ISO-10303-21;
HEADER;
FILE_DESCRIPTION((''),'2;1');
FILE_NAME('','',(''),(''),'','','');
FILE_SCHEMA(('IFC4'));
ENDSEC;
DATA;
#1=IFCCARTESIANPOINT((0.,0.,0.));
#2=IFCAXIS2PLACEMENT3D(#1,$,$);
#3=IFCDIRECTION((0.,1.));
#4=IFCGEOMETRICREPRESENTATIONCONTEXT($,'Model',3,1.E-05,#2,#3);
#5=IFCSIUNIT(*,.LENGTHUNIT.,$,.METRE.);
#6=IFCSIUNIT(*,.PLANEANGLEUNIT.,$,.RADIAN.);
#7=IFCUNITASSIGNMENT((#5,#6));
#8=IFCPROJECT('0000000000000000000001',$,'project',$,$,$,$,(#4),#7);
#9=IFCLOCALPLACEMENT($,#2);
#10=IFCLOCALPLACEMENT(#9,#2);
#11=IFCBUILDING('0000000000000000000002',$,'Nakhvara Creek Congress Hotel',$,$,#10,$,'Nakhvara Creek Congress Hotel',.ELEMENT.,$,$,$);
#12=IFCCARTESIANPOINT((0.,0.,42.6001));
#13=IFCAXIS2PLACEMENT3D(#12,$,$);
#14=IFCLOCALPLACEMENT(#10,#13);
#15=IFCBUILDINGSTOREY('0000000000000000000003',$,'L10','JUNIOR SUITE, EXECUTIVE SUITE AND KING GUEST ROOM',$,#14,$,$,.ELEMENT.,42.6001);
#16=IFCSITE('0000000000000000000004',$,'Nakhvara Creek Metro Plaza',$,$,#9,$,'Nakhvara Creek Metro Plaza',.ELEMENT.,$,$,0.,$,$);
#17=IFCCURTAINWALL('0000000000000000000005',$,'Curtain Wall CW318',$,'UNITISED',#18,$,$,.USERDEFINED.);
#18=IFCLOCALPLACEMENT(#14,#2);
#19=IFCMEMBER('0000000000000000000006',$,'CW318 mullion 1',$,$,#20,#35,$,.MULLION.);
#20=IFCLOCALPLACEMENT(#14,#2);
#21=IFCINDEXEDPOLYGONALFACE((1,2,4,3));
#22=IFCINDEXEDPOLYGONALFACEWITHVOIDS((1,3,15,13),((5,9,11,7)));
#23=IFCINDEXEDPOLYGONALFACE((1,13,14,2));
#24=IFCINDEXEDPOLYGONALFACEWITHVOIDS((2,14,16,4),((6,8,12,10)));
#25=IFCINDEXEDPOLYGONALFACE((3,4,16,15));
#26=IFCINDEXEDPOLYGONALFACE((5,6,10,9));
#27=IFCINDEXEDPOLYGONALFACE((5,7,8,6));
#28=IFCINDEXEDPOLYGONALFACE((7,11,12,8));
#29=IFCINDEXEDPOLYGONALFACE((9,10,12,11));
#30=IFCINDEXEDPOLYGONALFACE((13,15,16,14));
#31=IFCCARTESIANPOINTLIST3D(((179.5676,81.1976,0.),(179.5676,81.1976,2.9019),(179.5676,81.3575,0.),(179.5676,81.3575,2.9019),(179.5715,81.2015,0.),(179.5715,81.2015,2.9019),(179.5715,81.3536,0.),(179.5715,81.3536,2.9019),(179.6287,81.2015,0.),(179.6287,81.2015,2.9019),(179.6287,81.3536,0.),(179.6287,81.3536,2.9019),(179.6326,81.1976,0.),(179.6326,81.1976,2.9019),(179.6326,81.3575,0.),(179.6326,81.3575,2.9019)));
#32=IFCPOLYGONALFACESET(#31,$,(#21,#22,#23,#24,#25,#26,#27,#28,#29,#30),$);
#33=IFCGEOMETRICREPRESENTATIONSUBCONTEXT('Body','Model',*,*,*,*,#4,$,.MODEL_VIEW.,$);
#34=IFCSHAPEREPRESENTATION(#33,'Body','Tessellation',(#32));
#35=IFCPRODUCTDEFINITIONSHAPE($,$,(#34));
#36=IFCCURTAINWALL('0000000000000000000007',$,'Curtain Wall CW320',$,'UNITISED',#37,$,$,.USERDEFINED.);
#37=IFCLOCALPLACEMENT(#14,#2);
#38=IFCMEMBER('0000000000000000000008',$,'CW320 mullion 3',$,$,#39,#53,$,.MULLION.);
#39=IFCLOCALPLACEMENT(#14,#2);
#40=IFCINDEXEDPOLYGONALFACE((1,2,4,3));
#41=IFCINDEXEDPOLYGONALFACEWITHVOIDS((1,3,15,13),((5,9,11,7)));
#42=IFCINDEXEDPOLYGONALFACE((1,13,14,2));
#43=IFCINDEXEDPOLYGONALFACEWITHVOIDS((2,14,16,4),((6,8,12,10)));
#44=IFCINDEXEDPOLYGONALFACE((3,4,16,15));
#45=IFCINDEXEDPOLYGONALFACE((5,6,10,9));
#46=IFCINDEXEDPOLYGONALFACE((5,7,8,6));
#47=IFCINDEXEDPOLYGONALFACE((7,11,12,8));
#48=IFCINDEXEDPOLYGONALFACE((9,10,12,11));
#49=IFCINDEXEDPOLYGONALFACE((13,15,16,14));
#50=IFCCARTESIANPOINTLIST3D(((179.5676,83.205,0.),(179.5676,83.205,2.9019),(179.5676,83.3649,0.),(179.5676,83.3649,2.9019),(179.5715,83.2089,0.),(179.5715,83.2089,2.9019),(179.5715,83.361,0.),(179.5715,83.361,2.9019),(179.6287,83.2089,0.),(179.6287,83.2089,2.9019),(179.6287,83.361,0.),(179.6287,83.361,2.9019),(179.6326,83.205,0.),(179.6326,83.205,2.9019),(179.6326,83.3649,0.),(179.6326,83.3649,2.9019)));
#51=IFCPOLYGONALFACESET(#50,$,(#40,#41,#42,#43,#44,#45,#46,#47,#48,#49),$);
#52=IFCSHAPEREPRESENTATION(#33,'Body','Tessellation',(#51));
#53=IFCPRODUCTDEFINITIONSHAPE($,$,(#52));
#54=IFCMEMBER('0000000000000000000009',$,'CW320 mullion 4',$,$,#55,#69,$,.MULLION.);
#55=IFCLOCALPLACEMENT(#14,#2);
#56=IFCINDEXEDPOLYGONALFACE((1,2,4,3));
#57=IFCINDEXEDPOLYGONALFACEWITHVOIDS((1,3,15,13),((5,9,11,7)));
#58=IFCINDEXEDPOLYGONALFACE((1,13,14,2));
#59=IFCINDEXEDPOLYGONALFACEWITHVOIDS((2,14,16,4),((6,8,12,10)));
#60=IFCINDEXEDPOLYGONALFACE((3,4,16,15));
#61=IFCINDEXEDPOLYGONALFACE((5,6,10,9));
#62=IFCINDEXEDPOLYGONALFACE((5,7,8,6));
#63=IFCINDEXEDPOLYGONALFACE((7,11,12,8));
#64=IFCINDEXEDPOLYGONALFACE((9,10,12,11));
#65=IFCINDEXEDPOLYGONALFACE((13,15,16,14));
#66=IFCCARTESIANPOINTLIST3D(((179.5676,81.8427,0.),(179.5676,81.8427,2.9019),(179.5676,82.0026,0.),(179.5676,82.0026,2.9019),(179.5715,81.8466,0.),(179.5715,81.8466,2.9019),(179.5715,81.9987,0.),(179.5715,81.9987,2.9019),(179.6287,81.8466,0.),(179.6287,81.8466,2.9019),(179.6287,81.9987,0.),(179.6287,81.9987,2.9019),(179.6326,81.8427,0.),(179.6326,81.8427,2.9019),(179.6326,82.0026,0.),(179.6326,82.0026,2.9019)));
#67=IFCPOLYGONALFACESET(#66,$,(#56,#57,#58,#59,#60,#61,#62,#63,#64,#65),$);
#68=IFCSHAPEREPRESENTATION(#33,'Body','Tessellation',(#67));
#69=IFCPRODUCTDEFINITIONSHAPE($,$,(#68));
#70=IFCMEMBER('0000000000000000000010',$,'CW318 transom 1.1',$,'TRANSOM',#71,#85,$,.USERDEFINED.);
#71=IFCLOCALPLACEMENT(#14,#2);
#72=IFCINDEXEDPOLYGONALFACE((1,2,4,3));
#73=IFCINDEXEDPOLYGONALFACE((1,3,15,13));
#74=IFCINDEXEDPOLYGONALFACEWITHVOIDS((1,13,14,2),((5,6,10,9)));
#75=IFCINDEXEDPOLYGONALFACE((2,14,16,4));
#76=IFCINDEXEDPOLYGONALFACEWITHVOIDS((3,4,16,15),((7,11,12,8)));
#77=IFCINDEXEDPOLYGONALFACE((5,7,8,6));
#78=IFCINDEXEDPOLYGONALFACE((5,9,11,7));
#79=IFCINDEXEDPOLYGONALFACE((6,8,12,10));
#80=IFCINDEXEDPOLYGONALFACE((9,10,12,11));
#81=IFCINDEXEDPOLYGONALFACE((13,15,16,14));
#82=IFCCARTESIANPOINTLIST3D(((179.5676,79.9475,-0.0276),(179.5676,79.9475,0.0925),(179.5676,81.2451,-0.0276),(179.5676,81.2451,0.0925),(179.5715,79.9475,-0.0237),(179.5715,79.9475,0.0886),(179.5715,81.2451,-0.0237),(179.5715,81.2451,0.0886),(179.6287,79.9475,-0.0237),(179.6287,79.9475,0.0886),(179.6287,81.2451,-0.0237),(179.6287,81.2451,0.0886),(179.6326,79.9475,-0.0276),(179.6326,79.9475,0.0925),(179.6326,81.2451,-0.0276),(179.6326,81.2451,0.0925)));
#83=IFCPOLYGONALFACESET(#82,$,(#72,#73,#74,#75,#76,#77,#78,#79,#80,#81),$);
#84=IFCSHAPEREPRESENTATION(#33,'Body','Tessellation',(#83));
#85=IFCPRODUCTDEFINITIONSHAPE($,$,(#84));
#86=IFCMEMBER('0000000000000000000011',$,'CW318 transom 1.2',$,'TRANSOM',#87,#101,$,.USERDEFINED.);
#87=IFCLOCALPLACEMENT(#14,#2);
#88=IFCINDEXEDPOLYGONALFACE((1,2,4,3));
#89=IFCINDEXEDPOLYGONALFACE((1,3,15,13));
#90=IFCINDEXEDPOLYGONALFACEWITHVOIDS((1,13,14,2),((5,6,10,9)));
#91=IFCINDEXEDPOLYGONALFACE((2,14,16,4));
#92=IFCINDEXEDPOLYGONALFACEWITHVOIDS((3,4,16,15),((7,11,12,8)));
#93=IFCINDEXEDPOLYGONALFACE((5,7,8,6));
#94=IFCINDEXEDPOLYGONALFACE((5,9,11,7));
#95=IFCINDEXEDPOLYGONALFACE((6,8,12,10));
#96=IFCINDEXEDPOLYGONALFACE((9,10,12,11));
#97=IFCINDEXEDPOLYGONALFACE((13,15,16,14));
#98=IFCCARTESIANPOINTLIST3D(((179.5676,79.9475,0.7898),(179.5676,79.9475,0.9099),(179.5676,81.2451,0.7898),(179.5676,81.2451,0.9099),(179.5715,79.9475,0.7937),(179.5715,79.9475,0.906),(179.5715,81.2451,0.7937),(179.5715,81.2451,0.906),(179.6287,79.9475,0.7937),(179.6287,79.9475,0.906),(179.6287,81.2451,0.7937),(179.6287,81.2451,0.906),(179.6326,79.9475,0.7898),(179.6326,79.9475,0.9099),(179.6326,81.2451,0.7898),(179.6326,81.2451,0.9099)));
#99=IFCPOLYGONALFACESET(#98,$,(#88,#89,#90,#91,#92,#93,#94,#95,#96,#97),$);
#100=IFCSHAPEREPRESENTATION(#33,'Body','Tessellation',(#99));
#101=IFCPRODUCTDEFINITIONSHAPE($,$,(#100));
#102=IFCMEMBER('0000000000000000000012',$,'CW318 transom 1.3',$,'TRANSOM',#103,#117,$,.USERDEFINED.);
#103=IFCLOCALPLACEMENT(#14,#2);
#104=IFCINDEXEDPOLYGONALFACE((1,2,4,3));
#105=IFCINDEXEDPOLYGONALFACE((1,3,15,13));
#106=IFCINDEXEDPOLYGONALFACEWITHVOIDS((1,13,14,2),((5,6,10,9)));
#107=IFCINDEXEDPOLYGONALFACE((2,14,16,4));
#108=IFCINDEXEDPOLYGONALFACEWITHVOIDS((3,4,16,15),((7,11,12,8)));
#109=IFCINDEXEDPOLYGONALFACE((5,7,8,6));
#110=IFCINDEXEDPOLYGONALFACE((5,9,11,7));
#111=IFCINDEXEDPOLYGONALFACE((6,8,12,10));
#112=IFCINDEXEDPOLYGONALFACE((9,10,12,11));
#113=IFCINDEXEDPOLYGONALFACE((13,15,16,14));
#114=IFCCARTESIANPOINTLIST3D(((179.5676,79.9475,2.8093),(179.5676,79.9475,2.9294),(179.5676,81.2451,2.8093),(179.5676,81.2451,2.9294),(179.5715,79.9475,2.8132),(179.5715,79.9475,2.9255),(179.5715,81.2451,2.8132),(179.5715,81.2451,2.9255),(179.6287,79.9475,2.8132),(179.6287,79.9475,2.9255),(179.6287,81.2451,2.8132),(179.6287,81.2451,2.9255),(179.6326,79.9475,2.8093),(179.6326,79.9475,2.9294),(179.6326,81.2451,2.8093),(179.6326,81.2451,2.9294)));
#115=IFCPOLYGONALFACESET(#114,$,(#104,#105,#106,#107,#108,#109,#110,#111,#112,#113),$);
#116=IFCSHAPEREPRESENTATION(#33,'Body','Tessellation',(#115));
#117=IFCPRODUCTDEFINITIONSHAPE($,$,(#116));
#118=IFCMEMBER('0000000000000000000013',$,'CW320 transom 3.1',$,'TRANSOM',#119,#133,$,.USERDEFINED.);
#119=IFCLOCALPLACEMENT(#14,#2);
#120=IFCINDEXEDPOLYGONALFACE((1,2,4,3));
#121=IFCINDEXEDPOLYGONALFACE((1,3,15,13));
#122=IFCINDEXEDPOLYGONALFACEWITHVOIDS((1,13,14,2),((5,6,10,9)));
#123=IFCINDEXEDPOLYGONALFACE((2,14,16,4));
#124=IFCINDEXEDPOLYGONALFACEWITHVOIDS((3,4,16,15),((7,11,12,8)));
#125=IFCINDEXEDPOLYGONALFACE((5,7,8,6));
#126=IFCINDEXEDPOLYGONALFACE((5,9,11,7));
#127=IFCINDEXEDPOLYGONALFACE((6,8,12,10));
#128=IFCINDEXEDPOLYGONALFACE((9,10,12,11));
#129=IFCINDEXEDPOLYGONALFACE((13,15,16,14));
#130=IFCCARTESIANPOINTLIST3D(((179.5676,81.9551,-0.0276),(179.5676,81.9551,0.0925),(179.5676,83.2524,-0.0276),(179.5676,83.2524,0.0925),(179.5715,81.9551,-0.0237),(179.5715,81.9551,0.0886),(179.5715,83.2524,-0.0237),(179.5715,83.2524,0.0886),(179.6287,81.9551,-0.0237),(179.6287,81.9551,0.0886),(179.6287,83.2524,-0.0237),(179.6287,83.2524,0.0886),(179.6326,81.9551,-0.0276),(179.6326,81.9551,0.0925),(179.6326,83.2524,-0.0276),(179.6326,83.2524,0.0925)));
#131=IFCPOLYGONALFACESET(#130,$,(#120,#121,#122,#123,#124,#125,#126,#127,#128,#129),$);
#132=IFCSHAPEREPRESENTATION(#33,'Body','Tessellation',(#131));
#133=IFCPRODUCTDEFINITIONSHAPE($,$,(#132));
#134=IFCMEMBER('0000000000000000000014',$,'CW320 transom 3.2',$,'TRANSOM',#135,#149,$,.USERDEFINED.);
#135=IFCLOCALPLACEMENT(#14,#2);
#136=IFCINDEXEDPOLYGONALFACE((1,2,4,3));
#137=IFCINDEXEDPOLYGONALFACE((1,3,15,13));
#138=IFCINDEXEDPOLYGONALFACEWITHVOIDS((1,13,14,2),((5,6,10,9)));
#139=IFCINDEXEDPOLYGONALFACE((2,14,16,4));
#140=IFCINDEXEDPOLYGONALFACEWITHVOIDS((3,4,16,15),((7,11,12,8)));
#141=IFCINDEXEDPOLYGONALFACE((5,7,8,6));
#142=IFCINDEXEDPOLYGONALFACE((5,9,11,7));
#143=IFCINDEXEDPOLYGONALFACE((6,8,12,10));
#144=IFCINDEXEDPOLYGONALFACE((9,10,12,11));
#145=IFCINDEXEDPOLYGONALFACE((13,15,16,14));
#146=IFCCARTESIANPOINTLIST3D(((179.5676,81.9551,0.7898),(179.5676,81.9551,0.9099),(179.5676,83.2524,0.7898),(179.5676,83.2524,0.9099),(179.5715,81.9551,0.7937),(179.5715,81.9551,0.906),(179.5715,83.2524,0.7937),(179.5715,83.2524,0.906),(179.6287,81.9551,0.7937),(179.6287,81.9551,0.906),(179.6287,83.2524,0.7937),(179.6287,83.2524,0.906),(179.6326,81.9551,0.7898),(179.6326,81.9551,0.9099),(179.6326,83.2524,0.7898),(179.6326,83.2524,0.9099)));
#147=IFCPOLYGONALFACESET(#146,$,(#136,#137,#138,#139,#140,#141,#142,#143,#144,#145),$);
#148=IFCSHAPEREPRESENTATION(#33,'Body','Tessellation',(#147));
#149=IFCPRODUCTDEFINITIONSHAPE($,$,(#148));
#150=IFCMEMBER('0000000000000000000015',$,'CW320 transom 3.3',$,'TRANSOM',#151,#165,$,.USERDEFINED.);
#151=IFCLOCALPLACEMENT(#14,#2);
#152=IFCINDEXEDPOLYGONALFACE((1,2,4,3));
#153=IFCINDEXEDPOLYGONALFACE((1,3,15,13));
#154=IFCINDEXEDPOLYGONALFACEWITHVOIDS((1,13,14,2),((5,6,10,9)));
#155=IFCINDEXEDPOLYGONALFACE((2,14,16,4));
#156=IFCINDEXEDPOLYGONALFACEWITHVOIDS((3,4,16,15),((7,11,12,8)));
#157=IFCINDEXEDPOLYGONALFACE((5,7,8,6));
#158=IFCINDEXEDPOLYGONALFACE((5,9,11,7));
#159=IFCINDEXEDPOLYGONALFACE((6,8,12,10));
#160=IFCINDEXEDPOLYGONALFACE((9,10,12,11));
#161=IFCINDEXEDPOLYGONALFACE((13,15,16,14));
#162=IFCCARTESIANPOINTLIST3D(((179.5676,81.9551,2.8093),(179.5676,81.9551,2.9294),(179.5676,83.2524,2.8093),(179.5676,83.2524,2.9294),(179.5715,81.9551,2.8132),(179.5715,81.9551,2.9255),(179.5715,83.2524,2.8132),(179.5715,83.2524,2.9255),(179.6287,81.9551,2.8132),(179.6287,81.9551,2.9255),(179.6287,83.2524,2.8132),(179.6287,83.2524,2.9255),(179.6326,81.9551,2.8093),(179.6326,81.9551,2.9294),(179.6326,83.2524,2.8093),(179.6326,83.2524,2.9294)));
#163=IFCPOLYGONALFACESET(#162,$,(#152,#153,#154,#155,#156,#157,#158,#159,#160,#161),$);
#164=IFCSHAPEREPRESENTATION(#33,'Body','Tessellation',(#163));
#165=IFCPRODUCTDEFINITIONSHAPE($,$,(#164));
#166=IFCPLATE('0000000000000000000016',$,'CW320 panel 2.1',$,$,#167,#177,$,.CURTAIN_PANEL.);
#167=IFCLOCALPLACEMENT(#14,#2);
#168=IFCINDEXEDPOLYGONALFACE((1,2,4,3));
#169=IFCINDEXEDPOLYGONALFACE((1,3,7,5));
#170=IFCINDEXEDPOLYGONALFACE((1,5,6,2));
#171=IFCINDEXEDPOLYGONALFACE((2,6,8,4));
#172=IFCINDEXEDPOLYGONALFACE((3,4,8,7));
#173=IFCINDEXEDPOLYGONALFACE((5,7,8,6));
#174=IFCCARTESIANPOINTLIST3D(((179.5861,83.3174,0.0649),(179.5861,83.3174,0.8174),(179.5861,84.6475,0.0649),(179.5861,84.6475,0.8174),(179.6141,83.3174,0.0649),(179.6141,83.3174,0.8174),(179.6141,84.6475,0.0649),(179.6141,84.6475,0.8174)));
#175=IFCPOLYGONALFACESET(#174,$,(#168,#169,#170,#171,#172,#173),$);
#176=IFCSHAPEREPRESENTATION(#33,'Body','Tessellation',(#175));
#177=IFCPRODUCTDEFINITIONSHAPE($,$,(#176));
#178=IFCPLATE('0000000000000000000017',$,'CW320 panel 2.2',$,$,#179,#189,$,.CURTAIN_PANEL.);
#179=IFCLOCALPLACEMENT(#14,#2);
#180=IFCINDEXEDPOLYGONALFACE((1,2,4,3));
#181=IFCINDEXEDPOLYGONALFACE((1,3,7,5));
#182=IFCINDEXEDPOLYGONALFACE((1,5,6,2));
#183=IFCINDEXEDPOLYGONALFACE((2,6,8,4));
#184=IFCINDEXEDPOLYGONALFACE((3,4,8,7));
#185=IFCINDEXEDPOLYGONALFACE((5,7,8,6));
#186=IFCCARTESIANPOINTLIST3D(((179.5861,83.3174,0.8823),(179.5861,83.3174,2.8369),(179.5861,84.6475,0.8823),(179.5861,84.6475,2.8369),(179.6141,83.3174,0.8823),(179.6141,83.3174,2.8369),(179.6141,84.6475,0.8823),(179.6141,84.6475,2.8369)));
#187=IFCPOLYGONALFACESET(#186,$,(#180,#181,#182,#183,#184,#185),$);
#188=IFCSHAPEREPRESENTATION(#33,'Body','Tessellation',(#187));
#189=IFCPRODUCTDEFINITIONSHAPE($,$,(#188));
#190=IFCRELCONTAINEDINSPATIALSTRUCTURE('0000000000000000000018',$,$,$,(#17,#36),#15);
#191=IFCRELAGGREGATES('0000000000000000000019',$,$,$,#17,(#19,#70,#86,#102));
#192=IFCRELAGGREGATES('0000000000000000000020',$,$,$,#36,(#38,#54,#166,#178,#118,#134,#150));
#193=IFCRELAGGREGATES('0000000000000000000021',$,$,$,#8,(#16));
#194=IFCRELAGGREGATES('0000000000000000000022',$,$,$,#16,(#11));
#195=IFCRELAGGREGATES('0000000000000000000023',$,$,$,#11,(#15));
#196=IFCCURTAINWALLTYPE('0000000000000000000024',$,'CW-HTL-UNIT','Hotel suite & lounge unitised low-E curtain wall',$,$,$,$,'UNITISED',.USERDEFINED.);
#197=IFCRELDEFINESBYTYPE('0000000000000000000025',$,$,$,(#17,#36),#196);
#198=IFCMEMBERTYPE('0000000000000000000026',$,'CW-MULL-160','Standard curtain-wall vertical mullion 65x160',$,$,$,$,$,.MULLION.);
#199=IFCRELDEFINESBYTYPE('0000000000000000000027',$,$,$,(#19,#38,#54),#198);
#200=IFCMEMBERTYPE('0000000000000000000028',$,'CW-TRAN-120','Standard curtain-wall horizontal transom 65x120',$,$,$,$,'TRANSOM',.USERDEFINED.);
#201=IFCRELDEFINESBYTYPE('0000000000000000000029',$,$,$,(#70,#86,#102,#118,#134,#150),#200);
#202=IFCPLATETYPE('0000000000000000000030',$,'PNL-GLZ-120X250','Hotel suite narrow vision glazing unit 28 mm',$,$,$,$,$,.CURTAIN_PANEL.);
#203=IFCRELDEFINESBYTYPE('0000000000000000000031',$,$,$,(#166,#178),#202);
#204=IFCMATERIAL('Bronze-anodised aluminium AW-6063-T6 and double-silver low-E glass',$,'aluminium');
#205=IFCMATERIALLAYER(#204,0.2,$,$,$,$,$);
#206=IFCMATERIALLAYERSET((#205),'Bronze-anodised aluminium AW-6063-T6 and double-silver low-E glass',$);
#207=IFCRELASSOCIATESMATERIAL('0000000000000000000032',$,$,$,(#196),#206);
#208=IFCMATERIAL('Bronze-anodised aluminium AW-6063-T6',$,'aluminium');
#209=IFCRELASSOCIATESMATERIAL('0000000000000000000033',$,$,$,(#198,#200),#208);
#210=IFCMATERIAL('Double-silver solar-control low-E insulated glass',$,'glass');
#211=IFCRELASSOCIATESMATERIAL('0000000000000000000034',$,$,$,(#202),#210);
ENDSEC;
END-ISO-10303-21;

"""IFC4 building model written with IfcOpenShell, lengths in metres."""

from ifc_helpers import new_model, si_unit, direction, frame, origin, origin_2d, place, context, subcontext, project, spatial, rectangle, hollow_rectangle, extrude, material, layer, layer_set, material_profile, profile_set, type_object, element, aggregate, save


model = new_model("IFC4")

# Units and contexts
model_context = context("Model", 3, precision=1e-05, world=origin(), true_north=direction((0.0, 1.0)))
body_context = subcontext(model_context, "Body", "Model", "MODEL_VIEW")
ifc_project = project(units=[si_unit("LENGTHUNIT", "METRE"), si_unit("PLANEANGLEUNIT", "RADIAN")], contexts=[model_context])

# Site, building, storey
site_placement = place(None, origin())
site = spatial("IfcSite", under=ifc_project, at=site_placement, Name="Nakhvara Creek Metro Plaza", LongName="Nakhvara Creek Metro Plaza", CompositionType="ELEMENT", RefElevation=0.0)
building_placement = place(site_placement, origin())
building = spatial("IfcBuilding", under=site, at=building_placement, Name="Nakhvara Creek Congress Hotel", LongName="Nakhvara Creek Congress Hotel", CompositionType="ELEMENT")
storey_placement = place(building_placement, frame((0.0, 0.0, 42.6001)))
storey = spatial("IfcBuildingStorey", under=building, at=storey_placement, Name="L10", Description="JUNIOR SUITE, EXECUTIVE SUITE AND KING GUEST ROOM", CompositionType="ELEMENT", Elevation=42.6001)

# Curtain wall, member
ifc_material_1 = material(Name="Bronze-anodised aluminium AW-6063-T6 and double-silver low-E glass", Category="aluminium")
ifc_layer_1 = layer(ifc_material_1, 0.2)
ifc_layer_set_1 = layer_set([ifc_layer_1], Name="Bronze-anodised aluminium AW-6063-T6 and double-silver low-E glass")
curtain_wall_type = type_object("IfcCurtainWallType", Name="CW-HTL-UNIT", Description="Hotel suite & lounge unitised low-E curtain wall", ElementType="UNITISED", PredefinedType="USERDEFINED", material=ifc_layer_set_1)
curtain_wall_1_placement = place(storey_placement, origin())
curtain_wall_1 = element("IfcCurtainWall", 1, at=curtain_wall_1_placement, inside=storey, type_object=curtain_wall_type, Name="Curtain Wall CW318", ObjectType="UNITISED", PredefinedType="USERDEFINED")
ifc_material_2 = material(Name="Bronze-anodised aluminium AW-6063-T6", Category="aluminium")
ifc_material_profile_1 = material_profile(ifc_material_2, hollow_rectangle(XDim=0.0649, YDim=0.1599, WallThickness=0.0039, at=origin_2d()), Name="ALU-MULL 65x160x4", Category="LoadBearing")
ifc_profile_set_1 = profile_set([ifc_material_profile_1], Name="Bronze-anodised aluminium AW-6063-T6")
member_type_1 = type_object("IfcMemberType", Name="CW-MULL-160", Description="Standard curtain-wall vertical mullion 65x160", PredefinedType="MULLION", material=ifc_profile_set_1)
member_1_placement = place(storey_placement, frame((179.6001, 81.2776, 0.0), z_axis=(0.0, 0.0, 1.0), x_axis=(1.0, 0.0, 0.0)))
member_1 = element("IfcMember", 2, at=member_1_placement, type_object=member_type_1, Name="CW318 mullion 1", PredefinedType="MULLION", context=body_context, shape_type="SweptSolid", body=[
    extrude(hollow_rectangle(XDim=0.0649, YDim=0.1599, WallThickness=0.0039, at=origin_2d()), origin(), (0.0, 0.0, 1.0), 2.9019),
])

# Curtain wall, members
curtain_wall_2_placement = place(storey_placement, origin())
curtain_wall_2 = element("IfcCurtainWall", 3, at=curtain_wall_2_placement, inside=storey, type_object=curtain_wall_type, Name="Curtain Wall CW320", ObjectType="UNITISED", PredefinedType="USERDEFINED")
member_2_placement = place(storey_placement, frame((179.6001, 83.2849, 0.0), z_axis=(0.0, 0.0, 1.0), x_axis=(1.0, 0.0, 0.0)))
member_2 = element("IfcMember", 4, at=member_2_placement, type_object=member_type_1, Name="CW320 mullion 3", PredefinedType="MULLION", context=body_context, shape_type="SweptSolid", body=[
    extrude(hollow_rectangle(XDim=0.0649, YDim=0.1599, WallThickness=0.0039, at=origin_2d()), origin(), (0.0, 0.0, 1.0), 2.9019),
])
member_3_placement = place(storey_placement, frame((179.6001, 81.9226, 0.0), z_axis=(0.0, 0.0, 1.0), x_axis=(1.0, 0.0, 0.0)))
member_3 = element("IfcMember", 5, at=member_3_placement, type_object=member_type_1, Name="CW320 mullion 4", PredefinedType="MULLION", context=body_context, shape_type="SweptSolid", body=[
    extrude(hollow_rectangle(XDim=0.0649, YDim=0.1599, WallThickness=0.0039, at=origin_2d()), origin(), (0.0, 0.0, 1.0), 2.9019),
])

# Members
ifc_material_profile_2 = material_profile(ifc_material_2, hollow_rectangle(XDim=0.0649, YDim=0.1201, WallThickness=0.0039, at=origin_2d()), Name="ALU-TRAN 65x120x4", Category="LoadBearing")
ifc_profile_set_2 = profile_set([ifc_material_profile_2], Name="Bronze-anodised aluminium AW-6063-T6")
member_type_2 = type_object("IfcMemberType", Name="CW-TRAN-120", Description="Standard curtain-wall horizontal transom 65x120", ElementType="TRANSOM", PredefinedType="USERDEFINED", material=ifc_profile_set_2)
member_4_placement = place(storey_placement, frame((179.6001, 81.2451, 0.0325), z_axis=(0.0, -1.0, 0.0), x_axis=(1.0, 0.0, 0.0)))
member_4 = element("IfcMember", 6, at=member_4_placement, type_object=member_type_2, Name="CW318 transom 1.1", ObjectType="TRANSOM", PredefinedType="USERDEFINED", context=body_context, shape_type="SweptSolid", body=[
    extrude(hollow_rectangle(XDim=0.0649, YDim=0.1201, WallThickness=0.0039, at=origin_2d()), origin(), (0.0, 0.0, 1.0), 1.2976),
])
member_5_placement = place(storey_placement, frame((179.6001, 81.2451, 0.8499), z_axis=(0.0, -1.0, 0.0), x_axis=(1.0, 0.0, 0.0)))
member_5 = element("IfcMember", 7, at=member_5_placement, type_object=member_type_2, Name="CW318 transom 1.2", ObjectType="TRANSOM", PredefinedType="USERDEFINED", context=body_context, shape_type="SweptSolid", body=[
    extrude(hollow_rectangle(XDim=0.0649, YDim=0.1201, WallThickness=0.0039, at=origin_2d()), origin(), (0.0, 0.0, 1.0), 1.2976),
])
member_6_placement = place(storey_placement, frame((179.6001, 81.2451, 2.8694), z_axis=(0.0, -1.0, 0.0), x_axis=(1.0, 0.0, 0.0)))
member_6 = element("IfcMember", 8, at=member_6_placement, type_object=member_type_2, Name="CW318 transom 1.3", ObjectType="TRANSOM", PredefinedType="USERDEFINED", context=body_context, shape_type="SweptSolid", body=[
    extrude(hollow_rectangle(XDim=0.0649, YDim=0.1201, WallThickness=0.0039, at=origin_2d()), origin(), (0.0, 0.0, 1.0), 1.2976),
])
aggregate(curtain_wall_1, [member_1, member_4, member_5, member_6])
member_7_placement = place(storey_placement, frame((179.6001, 83.2524, 0.0325), z_axis=(0.0, -1.0, 0.0), x_axis=(1.0, 0.0, 0.0)))
member_7 = element("IfcMember", 9, at=member_7_placement, type_object=member_type_2, Name="CW320 transom 3.1", ObjectType="TRANSOM", PredefinedType="USERDEFINED", context=body_context, shape_type="SweptSolid", body=[
    extrude(hollow_rectangle(XDim=0.0649, YDim=0.1201, WallThickness=0.0039, at=origin_2d()), origin(), (0.0, 0.0, 1.0), 1.2974),
])
member_8_placement = place(storey_placement, frame((179.6001, 83.2524, 0.8499), z_axis=(0.0, -1.0, 0.0), x_axis=(1.0, 0.0, 0.0)))
member_8 = element("IfcMember", 10, at=member_8_placement, type_object=member_type_2, Name="CW320 transom 3.2", ObjectType="TRANSOM", PredefinedType="USERDEFINED", context=body_context, shape_type="SweptSolid", body=[
    extrude(hollow_rectangle(XDim=0.0649, YDim=0.1201, WallThickness=0.0039, at=origin_2d()), origin(), (0.0, 0.0, 1.0), 1.2974),
])
member_9_placement = place(storey_placement, frame((179.6001, 83.2524, 2.8694), z_axis=(0.0, -1.0, 0.0), x_axis=(1.0, 0.0, 0.0)))
member_9 = element("IfcMember", 11, at=member_9_placement, type_object=member_type_2, Name="CW320 transom 3.3", ObjectType="TRANSOM", PredefinedType="USERDEFINED", context=body_context, shape_type="SweptSolid", body=[
    extrude(hollow_rectangle(XDim=0.0649, YDim=0.1201, WallThickness=0.0039, at=origin_2d()), origin(), (0.0, 0.0, 1.0), 1.2974),
])

# Plates
ifc_material_3 = material(Name="Double-silver solar-control low-E insulated glass", Category="glass")
plate_type = type_object("IfcPlateType", Name="PNL-GLZ-120X250", Description="Hotel suite narrow vision glazing unit 28 mm", PredefinedType="CURTAIN_PANEL", material=ifc_material_3)
plate_1_placement = place(storey_placement, frame((179.6001, 83.9824, 0.0649), z_axis=(0.0, 0.0, 1.0), x_axis=(0.0, -1.0, 0.0)))
plate_1 = element("IfcPlate", 12, at=plate_1_placement, type_object=plate_type, Name="CW320 panel 2.1", PredefinedType="CURTAIN_PANEL", context=body_context, shape_type="SweptSolid", body=[
    extrude(rectangle(XDim=1.3301, YDim=0.0281, at=origin_2d()), origin(), (0.0, 0.0, 1.0), 0.7524),
])
plate_2_placement = place(storey_placement, frame((179.6001, 83.9824, 0.8823), z_axis=(0.0, 0.0, 1.0), x_axis=(0.0, -1.0, 0.0)))
plate_2 = element("IfcPlate", 13, at=plate_2_placement, type_object=plate_type, Name="CW320 panel 2.2", PredefinedType="CURTAIN_PANEL", context=body_context, shape_type="SweptSolid", body=[
    extrude(rectangle(XDim=1.3301, YDim=0.0281, at=origin_2d()), origin(), (0.0, 0.0, 1.0), 1.9546),
])
aggregate(curtain_wall_2, [member_2, member_3, plate_1, plate_2, member_7, member_8, member_9])

save(model, "model.ifc")
